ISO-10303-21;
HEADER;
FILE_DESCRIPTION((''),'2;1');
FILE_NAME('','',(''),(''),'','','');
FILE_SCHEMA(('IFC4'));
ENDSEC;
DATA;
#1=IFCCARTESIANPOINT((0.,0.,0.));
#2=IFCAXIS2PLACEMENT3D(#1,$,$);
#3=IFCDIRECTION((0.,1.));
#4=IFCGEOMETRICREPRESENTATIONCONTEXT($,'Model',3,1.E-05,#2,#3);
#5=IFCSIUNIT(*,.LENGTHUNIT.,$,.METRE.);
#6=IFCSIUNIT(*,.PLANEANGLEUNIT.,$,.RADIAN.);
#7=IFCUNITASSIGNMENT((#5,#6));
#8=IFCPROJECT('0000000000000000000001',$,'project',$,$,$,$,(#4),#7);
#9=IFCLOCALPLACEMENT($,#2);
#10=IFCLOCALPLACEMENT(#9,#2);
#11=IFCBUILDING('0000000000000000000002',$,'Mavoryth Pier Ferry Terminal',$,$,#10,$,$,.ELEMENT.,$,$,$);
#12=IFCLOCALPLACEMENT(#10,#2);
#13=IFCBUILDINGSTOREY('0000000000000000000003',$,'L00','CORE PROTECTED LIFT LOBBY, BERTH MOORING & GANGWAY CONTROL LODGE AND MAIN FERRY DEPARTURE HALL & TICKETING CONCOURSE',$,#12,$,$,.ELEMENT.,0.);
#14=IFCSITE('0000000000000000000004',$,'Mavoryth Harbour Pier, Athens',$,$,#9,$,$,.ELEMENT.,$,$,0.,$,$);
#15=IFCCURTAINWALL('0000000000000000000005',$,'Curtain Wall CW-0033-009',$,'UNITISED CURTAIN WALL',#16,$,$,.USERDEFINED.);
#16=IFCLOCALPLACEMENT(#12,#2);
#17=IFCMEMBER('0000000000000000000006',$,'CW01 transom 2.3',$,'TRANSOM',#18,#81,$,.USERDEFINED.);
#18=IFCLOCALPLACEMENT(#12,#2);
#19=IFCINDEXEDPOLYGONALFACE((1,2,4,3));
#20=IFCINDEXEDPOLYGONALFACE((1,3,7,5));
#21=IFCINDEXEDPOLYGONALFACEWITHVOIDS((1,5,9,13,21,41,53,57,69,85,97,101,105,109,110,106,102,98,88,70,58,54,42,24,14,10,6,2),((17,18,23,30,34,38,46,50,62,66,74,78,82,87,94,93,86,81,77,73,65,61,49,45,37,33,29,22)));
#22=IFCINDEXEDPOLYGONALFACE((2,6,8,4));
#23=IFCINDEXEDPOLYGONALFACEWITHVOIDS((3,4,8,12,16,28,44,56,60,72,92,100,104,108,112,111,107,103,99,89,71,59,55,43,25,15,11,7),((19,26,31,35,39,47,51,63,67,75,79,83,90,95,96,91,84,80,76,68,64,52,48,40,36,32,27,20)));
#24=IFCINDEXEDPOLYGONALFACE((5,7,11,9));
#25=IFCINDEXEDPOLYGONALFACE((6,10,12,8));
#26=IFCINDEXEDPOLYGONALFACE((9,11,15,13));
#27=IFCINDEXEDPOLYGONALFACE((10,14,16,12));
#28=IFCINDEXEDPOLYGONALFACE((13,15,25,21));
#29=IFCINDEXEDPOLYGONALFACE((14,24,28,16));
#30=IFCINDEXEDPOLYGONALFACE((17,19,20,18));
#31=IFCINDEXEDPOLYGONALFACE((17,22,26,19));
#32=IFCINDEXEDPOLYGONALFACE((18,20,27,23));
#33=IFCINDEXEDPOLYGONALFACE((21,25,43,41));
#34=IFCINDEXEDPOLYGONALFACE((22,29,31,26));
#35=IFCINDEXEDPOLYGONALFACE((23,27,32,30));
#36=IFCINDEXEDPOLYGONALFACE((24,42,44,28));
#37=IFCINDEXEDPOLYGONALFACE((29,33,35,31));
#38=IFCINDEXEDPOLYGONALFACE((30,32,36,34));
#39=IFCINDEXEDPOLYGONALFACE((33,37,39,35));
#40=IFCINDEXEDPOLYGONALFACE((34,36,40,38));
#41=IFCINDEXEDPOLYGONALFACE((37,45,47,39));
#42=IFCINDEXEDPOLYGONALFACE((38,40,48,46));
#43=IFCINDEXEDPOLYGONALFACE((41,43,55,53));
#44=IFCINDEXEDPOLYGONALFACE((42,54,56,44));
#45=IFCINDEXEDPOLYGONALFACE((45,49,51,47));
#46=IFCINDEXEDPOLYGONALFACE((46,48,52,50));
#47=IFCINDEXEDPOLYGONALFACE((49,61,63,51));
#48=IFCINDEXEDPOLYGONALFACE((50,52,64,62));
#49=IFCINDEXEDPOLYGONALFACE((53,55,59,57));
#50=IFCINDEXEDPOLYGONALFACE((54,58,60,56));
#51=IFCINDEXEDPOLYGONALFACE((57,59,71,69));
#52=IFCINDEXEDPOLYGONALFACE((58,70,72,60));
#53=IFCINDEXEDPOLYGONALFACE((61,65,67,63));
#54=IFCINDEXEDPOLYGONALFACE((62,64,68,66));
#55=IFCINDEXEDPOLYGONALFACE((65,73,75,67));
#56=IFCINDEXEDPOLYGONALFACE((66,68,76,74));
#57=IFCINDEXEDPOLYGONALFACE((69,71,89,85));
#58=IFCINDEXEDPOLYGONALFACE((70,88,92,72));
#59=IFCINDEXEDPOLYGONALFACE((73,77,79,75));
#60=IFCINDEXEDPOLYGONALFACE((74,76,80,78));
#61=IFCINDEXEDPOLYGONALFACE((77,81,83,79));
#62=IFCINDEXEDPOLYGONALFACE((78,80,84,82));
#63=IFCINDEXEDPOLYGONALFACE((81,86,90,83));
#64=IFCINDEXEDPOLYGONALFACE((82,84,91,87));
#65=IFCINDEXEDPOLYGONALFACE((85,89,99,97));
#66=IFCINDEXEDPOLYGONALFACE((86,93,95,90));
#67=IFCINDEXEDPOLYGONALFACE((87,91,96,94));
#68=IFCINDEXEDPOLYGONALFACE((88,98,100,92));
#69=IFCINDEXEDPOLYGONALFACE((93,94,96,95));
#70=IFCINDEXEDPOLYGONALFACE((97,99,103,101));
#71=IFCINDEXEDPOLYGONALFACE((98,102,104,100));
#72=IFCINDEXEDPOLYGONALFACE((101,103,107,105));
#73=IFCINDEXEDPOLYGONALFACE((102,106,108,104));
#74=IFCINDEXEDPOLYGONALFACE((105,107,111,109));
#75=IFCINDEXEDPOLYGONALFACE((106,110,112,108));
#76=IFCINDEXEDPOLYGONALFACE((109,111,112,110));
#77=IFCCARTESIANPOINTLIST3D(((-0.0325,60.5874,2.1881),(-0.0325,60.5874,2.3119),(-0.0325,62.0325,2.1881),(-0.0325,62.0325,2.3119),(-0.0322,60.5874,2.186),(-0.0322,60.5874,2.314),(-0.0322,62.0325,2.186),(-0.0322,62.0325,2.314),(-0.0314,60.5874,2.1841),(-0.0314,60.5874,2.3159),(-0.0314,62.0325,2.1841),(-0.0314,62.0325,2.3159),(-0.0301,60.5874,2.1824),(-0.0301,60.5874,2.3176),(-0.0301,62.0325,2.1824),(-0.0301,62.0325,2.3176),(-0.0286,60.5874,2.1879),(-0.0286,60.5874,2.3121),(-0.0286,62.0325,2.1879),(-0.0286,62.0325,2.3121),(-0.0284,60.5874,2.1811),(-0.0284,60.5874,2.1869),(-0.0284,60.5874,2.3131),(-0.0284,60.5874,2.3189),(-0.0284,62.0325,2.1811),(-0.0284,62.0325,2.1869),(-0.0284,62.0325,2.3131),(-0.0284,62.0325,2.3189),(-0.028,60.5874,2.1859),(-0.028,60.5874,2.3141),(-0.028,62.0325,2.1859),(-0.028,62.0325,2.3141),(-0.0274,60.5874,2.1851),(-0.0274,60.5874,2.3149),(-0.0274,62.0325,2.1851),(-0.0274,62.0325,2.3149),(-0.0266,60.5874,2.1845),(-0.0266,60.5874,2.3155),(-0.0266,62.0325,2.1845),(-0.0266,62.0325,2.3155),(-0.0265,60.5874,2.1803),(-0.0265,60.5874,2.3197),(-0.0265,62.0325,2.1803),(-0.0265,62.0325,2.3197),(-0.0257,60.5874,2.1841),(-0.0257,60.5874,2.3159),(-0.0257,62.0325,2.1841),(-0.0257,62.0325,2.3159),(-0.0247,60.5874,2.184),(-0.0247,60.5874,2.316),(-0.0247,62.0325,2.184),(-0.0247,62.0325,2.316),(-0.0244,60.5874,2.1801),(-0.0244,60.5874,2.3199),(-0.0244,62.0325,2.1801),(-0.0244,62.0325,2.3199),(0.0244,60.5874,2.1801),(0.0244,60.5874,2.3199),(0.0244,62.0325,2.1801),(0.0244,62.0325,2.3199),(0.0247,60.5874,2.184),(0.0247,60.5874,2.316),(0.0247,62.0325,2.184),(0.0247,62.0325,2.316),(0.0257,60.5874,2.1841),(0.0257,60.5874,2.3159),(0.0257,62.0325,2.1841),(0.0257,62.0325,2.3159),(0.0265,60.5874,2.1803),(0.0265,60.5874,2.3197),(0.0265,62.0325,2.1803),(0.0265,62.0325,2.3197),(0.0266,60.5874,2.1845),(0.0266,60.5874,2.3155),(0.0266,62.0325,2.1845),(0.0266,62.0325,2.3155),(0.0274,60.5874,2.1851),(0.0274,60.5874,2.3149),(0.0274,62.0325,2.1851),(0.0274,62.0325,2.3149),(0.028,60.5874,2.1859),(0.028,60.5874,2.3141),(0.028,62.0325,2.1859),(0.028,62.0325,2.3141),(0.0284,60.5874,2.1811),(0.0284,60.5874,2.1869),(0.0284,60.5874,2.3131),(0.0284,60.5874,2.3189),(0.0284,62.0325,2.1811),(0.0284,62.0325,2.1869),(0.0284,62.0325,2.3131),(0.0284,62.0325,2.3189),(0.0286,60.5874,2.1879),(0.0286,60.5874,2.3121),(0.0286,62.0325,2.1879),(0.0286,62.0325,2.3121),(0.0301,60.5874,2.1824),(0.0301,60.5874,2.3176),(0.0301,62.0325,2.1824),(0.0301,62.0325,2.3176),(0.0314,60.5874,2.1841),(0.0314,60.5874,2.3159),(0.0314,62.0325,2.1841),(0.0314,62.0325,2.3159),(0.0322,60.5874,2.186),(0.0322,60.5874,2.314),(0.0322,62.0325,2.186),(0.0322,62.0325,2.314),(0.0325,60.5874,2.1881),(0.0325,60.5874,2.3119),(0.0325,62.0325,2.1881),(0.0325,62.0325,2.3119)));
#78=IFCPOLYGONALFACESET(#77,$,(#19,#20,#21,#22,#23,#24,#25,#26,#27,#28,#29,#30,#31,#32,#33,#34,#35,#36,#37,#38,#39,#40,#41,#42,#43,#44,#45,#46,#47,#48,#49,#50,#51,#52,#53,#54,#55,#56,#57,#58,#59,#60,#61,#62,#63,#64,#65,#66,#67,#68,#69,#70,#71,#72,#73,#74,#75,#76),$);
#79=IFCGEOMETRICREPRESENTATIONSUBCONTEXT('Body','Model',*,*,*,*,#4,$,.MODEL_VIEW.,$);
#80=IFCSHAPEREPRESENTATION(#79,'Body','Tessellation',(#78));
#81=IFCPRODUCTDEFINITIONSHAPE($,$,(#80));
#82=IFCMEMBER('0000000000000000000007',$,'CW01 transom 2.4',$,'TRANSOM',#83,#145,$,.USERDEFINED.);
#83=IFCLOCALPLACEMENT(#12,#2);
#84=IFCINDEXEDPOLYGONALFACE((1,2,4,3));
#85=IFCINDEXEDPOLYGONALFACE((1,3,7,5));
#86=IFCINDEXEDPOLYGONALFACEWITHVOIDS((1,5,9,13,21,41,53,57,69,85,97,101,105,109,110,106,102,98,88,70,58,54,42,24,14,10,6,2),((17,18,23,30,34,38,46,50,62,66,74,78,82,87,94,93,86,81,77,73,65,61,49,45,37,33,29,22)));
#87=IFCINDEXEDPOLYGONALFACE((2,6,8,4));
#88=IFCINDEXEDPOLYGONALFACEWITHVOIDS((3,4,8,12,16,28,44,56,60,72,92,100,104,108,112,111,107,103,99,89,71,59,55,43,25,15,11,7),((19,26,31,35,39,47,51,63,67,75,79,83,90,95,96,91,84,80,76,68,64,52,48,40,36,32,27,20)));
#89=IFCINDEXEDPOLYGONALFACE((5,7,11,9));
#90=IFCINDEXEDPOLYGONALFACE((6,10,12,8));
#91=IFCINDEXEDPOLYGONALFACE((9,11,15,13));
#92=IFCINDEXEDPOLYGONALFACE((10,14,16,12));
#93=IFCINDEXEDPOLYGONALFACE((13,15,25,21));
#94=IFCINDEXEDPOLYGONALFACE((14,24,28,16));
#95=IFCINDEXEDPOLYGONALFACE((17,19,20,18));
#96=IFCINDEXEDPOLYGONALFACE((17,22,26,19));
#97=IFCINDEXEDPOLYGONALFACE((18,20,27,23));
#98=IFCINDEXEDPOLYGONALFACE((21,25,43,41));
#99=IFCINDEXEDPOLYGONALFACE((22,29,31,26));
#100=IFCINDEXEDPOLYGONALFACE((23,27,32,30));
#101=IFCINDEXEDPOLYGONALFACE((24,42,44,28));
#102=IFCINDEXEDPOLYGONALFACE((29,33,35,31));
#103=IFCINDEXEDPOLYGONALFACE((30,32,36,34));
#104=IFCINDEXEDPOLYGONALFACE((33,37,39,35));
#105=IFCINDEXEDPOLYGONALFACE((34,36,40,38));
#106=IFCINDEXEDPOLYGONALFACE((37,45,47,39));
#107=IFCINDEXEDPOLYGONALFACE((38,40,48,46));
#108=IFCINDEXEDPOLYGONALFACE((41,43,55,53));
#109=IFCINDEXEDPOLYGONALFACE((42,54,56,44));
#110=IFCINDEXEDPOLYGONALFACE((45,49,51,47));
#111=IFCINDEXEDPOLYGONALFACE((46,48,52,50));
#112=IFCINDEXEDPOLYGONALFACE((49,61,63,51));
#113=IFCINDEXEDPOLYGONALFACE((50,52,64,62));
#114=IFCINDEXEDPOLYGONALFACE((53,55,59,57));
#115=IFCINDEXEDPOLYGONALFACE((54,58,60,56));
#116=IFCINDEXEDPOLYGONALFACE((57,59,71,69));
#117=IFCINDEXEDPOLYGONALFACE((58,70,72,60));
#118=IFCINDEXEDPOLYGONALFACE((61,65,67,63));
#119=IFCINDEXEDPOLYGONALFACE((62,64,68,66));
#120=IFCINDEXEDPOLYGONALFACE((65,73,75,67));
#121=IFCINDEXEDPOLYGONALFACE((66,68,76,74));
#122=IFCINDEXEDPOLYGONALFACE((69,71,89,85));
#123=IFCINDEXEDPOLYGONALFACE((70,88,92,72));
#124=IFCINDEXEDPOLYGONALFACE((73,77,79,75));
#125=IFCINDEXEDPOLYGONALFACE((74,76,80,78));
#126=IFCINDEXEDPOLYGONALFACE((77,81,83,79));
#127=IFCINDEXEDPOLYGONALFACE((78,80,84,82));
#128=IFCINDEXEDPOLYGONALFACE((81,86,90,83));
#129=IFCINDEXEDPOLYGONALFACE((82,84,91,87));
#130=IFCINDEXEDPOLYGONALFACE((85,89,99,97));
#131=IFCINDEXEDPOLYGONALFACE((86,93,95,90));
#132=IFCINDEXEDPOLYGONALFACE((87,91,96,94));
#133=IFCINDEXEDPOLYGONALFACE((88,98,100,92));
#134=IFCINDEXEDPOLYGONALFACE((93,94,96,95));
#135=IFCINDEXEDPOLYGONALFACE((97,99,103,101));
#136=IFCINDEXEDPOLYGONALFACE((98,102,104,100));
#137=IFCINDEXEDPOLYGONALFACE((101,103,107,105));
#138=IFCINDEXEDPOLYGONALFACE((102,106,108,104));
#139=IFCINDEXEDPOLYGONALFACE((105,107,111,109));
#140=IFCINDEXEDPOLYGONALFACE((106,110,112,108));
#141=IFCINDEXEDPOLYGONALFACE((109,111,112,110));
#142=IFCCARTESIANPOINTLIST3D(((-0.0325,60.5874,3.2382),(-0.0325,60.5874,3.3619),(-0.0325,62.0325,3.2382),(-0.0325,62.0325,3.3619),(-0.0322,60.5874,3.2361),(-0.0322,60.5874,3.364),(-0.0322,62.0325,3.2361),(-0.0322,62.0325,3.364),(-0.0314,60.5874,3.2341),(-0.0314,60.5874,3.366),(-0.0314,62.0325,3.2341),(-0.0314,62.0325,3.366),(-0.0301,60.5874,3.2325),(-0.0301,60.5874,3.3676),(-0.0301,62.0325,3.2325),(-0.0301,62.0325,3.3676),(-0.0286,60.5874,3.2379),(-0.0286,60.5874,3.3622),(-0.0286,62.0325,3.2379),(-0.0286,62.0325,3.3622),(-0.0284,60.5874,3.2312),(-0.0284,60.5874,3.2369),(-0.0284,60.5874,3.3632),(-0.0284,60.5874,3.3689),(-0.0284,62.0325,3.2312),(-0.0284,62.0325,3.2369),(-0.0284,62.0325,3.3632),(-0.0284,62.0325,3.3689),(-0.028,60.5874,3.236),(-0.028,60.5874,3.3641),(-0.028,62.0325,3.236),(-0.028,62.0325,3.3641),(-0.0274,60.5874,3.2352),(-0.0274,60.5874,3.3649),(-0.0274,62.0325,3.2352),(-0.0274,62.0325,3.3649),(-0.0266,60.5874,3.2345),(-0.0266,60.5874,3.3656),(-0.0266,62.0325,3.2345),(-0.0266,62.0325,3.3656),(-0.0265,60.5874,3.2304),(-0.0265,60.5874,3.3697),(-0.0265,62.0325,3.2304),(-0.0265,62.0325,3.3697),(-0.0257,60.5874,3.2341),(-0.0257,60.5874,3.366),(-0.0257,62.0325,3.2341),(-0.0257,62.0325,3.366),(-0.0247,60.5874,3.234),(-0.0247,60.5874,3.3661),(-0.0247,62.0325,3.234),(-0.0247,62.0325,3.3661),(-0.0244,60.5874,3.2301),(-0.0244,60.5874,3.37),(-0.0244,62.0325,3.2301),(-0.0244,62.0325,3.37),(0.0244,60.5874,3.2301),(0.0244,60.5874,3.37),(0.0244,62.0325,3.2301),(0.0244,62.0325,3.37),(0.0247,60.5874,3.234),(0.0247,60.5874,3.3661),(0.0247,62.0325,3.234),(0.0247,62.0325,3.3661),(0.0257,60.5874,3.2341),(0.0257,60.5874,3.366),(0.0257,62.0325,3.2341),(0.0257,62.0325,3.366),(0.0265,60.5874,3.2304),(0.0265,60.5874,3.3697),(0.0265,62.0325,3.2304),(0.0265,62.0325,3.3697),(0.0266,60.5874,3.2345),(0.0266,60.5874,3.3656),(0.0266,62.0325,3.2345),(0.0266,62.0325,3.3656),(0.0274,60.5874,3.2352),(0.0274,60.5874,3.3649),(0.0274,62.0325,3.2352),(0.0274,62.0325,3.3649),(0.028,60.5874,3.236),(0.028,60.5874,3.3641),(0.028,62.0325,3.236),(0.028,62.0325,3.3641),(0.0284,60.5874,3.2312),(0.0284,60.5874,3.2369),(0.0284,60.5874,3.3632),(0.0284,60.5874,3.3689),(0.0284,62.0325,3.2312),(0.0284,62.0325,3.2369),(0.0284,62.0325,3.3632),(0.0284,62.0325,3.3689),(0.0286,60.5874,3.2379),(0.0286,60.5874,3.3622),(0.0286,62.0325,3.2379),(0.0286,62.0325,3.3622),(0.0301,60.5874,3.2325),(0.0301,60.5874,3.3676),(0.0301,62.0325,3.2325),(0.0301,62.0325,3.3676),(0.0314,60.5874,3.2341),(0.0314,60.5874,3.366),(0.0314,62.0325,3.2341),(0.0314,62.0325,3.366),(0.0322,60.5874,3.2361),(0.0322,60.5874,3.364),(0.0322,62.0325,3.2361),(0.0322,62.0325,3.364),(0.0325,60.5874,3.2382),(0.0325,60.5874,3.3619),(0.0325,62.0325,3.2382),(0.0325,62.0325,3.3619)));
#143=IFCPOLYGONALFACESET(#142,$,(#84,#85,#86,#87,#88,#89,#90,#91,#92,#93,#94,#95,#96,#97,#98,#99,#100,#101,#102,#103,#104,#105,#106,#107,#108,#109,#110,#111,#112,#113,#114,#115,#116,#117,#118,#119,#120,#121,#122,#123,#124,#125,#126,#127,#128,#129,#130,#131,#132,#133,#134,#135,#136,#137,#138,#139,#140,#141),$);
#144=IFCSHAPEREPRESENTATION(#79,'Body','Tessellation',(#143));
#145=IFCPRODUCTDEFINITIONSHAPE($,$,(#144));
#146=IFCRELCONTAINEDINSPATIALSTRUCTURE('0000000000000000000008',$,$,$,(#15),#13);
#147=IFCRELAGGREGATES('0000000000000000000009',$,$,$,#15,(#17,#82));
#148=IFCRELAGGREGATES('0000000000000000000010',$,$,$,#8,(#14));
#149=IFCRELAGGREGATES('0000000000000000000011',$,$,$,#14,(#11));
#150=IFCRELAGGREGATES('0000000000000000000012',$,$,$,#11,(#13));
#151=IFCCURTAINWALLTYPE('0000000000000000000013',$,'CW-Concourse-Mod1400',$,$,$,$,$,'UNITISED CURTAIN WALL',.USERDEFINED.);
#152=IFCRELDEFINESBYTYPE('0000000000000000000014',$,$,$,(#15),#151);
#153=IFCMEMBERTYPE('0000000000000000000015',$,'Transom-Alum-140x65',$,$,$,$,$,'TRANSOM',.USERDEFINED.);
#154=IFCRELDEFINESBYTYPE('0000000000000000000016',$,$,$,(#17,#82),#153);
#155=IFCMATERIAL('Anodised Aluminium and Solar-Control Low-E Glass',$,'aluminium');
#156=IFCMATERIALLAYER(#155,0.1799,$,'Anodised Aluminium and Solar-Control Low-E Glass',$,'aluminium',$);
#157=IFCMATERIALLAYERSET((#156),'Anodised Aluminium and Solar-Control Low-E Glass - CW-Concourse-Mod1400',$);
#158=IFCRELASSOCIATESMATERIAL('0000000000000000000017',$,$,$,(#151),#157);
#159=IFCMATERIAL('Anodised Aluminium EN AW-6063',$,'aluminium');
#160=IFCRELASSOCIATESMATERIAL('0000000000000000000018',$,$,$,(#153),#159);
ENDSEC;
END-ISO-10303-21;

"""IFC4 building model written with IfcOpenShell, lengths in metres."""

from ifc_helpers import new_model, si_unit, direction, frame, origin, origin_2d, place, context, subcontext, project, spatial, hollow_rectangle, extrude, material, layer, layer_set, material_profile, profile_set, type_object, element, aggregate, save


model = new_model("IFC4")

# Units and contexts
model_context = context("Model", 3, precision=1e-05, world=origin(), true_north=direction((0.0, 1.0)))
body_context = subcontext(model_context, "Body", "Model", "MODEL_VIEW")
ifc_project = project(units=[si_unit("LENGTHUNIT", "METRE"), si_unit("PLANEANGLEUNIT", "RADIAN")], contexts=[model_context])

# Site, building, storey
site_placement = place(None, origin())
site = spatial("IfcSite", under=ifc_project, at=site_placement, Name="Mavoryth Harbour Pier, Athens", CompositionType="ELEMENT", RefElevation=0.0)
building_placement = place(site_placement, origin())
building = spatial("IfcBuilding", under=site, at=building_placement, Name="Mavoryth Pier Ferry Terminal", CompositionType="ELEMENT")
storey_placement = place(building_placement, origin())
storey = spatial("IfcBuildingStorey", under=building, at=storey_placement, Name="L00", Description="CORE PROTECTED LIFT LOBBY, BERTH MOORING & GANGWAY CONTROL LODGE AND MAIN FERRY DEPARTURE HALL & TICKETING CONCOURSE", CompositionType="ELEMENT", Elevation=0.0)

# Curtain wall
ifc_material_1 = material(Name="Anodised Aluminium and Solar-Control Low-E Glass", Category="aluminium")
ifc_layer_1 = layer(ifc_material_1, 0.1799, Name="Anodised Aluminium and Solar-Control Low-E Glass", Category="aluminium")
ifc_layer_set_1 = layer_set([ifc_layer_1], Name="Anodised Aluminium and Solar-Control Low-E Glass - CW-Concourse-Mod1400")
curtain_wall_type = type_object("IfcCurtainWallType", Name="CW-Concourse-Mod1400", ElementType="UNITISED CURTAIN WALL", PredefinedType="USERDEFINED", material=ifc_layer_set_1)
curtain_wall_1_placement = place(storey_placement, origin())
curtain_wall_1 = element("IfcCurtainWall", 1, at=curtain_wall_1_placement, inside=storey, type_object=curtain_wall_type, Name="Curtain Wall CW-0033-009", ObjectType="UNITISED CURTAIN WALL", PredefinedType="USERDEFINED")
ifc_material_2 = material(Name="Anodised Aluminium EN AW-6063", Category="aluminium")

# Members
ifc_material_profile_1 = material_profile(ifc_material_2, hollow_rectangle(XDim=0.0649, YDim=0.1399, WallThickness=0.0039, InnerFilletRadius=0.0039, OuterFilletRadius=0.0081, at=origin_2d()), Name="AL-TRAN 140x65x4", Category="aluminium")
ifc_profile_set_1 = profile_set([ifc_material_profile_1], Name="Anodised Aluminium EN AW-6063 - AL-TRAN 140x65x4")
member_type_1 = type_object("IfcMemberType", Name="Transom-Alum-140x65", ElementType="TRANSOM", PredefinedType="USERDEFINED", material=ifc_profile_set_1)
member_1_placement = place(storey_placement, frame((0.0, 62.0325, 2.25), z_axis=(0.0, -1.0, 0.0), x_axis=(1.0, 0.0, 0.0)))
member_1 = element("IfcMember", 2, at=member_1_placement, type_object=member_type_1, Name="CW01 transom 2.3", ObjectType="TRANSOM", PredefinedType="USERDEFINED", context=body_context, shape_type="SweptSolid", body=[
    extrude(hollow_rectangle(XDim=0.0649, YDim=0.1399, WallThickness=0.0039, InnerFilletRadius=0.0039, OuterFilletRadius=0.0081, at=origin_2d()), origin(), (0.0, 0.0, 1.0), 1.4451),
])
member_2_placement = place(storey_placement, frame((0.0, 62.0325, 3.3), z_axis=(0.0, -1.0, 0.0), x_axis=(1.0, 0.0, 0.0)))
member_2 = element("IfcMember", 3, at=member_2_placement, type_object=member_type_1, Name="CW01 transom 2.4", ObjectType="TRANSOM", PredefinedType="USERDEFINED", context=body_context, shape_type="SweptSolid", body=[
    extrude(hollow_rectangle(XDim=0.0649, YDim=0.1399, WallThickness=0.0039, InnerFilletRadius=0.0039, OuterFilletRadius=0.0081, at=origin_2d()), origin(), (0.0, 0.0, 1.0), 1.4451),
])

aggregate(curtain_wall_1, [member_1, member_2])

save(model, "model.ifc")
